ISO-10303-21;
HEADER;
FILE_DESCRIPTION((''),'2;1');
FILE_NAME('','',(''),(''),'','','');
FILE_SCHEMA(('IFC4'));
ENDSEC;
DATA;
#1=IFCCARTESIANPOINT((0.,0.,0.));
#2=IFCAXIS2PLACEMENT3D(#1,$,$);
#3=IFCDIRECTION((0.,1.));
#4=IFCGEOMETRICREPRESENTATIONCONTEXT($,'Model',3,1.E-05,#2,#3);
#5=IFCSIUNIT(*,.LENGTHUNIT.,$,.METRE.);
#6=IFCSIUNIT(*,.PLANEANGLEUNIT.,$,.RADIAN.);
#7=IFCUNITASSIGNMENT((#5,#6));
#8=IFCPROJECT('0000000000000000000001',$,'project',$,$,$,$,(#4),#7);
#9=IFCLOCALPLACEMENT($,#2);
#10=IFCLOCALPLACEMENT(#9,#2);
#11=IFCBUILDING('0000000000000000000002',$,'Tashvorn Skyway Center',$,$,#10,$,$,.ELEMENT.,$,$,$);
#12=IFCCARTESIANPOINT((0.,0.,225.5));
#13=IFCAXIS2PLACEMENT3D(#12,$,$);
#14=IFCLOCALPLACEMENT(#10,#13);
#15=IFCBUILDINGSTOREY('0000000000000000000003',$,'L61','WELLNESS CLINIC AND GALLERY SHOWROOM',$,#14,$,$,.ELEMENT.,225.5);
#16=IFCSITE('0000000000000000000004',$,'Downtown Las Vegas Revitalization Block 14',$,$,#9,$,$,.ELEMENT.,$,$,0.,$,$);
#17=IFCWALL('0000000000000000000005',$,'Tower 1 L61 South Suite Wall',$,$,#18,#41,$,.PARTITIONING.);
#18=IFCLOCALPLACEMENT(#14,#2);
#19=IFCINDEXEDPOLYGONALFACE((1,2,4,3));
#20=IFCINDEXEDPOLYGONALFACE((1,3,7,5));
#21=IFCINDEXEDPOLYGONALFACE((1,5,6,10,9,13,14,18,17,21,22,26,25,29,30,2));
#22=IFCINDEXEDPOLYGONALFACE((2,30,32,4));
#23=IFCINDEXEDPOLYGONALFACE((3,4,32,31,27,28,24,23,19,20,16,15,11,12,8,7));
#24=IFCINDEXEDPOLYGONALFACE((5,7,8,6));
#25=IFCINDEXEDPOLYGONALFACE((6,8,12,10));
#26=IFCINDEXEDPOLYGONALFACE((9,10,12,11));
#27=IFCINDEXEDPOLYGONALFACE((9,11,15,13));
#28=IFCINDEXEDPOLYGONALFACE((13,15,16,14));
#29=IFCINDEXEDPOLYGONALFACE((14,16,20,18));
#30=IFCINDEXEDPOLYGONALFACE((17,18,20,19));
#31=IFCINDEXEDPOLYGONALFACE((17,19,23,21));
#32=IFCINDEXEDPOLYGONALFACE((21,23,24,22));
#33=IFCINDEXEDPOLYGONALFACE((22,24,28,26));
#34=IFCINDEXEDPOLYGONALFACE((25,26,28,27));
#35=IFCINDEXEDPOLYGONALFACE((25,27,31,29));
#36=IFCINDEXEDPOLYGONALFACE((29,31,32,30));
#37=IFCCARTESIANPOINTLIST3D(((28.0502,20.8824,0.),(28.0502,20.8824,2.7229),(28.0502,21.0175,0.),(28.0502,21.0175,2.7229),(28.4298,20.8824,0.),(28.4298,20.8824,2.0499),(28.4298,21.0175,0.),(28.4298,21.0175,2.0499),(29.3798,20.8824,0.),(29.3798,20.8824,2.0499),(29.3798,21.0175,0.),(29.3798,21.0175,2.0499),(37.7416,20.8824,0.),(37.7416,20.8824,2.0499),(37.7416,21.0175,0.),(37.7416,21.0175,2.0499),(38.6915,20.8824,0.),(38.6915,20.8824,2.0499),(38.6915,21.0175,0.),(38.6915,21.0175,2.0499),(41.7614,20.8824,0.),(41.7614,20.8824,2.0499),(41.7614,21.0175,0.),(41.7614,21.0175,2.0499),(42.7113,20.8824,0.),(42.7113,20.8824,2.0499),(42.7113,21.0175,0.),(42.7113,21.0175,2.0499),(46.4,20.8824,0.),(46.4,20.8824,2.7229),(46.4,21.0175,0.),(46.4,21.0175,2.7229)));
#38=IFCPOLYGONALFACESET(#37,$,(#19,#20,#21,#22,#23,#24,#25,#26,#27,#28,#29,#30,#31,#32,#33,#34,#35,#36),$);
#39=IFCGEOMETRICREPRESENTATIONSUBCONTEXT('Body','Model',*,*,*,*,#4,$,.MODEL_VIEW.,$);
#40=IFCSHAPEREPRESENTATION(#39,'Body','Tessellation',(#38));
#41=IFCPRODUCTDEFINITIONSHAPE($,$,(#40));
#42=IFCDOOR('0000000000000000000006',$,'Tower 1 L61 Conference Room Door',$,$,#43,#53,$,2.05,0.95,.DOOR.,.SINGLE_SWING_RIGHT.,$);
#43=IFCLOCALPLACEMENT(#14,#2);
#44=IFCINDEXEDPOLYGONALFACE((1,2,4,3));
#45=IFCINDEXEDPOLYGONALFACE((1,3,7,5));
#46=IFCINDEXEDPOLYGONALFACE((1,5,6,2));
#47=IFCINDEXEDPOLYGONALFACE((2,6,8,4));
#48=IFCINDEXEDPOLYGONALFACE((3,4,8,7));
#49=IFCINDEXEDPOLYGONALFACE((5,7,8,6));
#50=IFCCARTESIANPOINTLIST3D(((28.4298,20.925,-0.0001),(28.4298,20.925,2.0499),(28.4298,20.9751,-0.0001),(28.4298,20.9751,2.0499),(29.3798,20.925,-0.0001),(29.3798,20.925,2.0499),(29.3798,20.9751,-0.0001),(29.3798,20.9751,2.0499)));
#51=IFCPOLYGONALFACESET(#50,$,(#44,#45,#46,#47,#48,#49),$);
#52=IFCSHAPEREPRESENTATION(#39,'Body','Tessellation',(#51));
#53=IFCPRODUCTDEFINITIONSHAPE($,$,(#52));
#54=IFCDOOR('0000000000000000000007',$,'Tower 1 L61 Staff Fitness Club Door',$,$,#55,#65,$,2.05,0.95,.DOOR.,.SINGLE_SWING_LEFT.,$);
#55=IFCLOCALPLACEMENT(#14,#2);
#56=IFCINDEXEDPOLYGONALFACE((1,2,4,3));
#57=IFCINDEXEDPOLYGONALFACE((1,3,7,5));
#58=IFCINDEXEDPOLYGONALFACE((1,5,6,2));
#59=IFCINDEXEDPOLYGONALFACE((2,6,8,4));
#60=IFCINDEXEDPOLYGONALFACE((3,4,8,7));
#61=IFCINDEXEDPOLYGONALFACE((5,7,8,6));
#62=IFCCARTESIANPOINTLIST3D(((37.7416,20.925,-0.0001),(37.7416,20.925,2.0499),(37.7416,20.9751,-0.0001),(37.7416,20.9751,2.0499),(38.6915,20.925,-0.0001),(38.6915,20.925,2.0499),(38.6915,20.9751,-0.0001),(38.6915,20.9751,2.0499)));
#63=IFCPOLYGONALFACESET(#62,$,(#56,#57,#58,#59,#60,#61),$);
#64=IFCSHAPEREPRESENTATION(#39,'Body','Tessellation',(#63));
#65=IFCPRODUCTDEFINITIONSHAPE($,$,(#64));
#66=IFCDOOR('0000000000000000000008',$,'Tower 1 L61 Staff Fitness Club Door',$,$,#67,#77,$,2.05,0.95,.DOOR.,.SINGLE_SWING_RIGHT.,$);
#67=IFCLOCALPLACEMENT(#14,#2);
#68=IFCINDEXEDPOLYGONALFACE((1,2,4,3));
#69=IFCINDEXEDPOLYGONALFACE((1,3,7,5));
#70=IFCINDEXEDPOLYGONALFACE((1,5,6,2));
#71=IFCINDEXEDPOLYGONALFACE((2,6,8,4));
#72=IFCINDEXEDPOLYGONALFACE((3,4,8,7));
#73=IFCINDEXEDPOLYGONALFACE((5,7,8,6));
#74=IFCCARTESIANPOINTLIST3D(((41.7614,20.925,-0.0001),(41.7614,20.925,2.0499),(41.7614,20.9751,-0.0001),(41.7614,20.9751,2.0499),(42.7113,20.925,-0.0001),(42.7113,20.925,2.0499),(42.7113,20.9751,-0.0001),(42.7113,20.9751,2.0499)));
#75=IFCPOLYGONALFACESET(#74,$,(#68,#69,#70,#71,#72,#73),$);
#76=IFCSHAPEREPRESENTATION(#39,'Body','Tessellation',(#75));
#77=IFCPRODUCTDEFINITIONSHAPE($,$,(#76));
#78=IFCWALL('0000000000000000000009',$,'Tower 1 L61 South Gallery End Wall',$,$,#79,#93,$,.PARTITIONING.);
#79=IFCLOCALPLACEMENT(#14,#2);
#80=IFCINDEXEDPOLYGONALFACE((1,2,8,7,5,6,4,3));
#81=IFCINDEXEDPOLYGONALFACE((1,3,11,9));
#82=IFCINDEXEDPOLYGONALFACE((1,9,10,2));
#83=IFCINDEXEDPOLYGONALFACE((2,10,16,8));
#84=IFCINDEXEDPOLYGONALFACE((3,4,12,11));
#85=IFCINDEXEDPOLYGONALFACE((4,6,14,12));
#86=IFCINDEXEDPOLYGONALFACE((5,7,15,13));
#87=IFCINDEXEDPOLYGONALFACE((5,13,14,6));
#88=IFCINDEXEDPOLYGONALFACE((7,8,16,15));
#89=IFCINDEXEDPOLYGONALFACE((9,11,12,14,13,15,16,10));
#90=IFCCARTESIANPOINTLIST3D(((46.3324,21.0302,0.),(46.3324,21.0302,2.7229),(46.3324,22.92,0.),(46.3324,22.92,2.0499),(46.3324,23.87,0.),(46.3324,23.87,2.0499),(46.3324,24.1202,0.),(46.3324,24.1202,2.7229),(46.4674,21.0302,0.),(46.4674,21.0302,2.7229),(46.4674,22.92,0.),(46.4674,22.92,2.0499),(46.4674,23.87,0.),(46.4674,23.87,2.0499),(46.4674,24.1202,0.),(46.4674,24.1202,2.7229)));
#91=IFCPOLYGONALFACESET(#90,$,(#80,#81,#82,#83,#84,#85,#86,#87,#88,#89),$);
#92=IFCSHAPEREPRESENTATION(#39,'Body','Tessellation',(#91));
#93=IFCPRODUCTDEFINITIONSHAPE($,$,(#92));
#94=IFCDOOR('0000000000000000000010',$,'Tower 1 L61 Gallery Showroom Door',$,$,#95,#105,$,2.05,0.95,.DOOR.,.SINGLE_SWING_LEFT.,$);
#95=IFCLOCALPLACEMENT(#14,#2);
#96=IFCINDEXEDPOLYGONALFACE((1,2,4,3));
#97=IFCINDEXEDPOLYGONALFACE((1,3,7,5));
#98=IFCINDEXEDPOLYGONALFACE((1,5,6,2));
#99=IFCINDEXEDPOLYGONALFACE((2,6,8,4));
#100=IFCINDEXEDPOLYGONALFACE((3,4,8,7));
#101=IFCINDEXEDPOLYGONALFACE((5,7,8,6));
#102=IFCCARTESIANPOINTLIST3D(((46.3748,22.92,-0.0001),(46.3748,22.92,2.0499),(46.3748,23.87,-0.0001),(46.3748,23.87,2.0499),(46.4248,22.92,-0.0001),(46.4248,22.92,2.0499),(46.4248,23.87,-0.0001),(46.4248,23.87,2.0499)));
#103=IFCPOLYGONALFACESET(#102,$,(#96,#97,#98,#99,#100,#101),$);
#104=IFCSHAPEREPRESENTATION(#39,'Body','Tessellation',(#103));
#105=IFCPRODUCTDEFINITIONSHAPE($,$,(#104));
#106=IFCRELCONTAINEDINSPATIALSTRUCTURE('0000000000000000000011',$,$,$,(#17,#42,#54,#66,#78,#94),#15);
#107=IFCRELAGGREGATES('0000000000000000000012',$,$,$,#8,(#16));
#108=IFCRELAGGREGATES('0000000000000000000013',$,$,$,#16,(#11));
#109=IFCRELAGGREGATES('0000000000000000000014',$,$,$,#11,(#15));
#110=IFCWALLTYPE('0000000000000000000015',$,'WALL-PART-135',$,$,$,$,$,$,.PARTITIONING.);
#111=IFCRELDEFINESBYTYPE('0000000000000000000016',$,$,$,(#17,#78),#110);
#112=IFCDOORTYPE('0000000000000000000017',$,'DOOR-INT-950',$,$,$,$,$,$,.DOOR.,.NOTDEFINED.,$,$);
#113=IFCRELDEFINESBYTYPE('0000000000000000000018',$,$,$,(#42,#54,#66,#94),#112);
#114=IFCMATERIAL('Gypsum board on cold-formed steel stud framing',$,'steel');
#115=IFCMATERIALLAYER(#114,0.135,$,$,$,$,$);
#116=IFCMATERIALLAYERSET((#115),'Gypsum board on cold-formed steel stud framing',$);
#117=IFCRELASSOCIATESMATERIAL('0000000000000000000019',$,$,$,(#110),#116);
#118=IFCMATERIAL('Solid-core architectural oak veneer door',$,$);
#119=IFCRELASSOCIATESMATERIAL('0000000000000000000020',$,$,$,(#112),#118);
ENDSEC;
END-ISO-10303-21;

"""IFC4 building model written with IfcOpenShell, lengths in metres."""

from ifc_helpers import new_model, si_unit, direction, frame, frame_2d, origin, place, context, subcontext, project, spatial, rectangle, extrude, material, layer, layer_set, type_object, element, fill, save


model = new_model("IFC4")

# Units and contexts
model_context = context("Model", 3, precision=1e-05, world=origin(), true_north=direction((0.0, 1.0)))
body_context = subcontext(model_context, "Body", "Model", "MODEL_VIEW")
ifc_project = project(units=[si_unit("LENGTHUNIT", "METRE"), si_unit("PLANEANGLEUNIT", "RADIAN")], contexts=[model_context])

# Site, building, storey
site_placement = place(None, origin())
site = spatial("IfcSite", under=ifc_project, at=site_placement, Name="Downtown Las Vegas Revitalization Block 14", CompositionType="ELEMENT", RefElevation=0.0)
building_placement = place(site_placement, origin())
building = spatial("IfcBuilding", under=site, at=building_placement, Name="Tashvorn Skyway Center", CompositionType="ELEMENT")
storey_placement = place(building_placement, frame((0.0, 0.0, 225.5)))
storey = spatial("IfcBuildingStorey", under=building, at=storey_placement, Name="L61", Description="WELLNESS CLINIC AND GALLERY SHOWROOM", CompositionType="ELEMENT", Elevation=225.5)

# Shared definitions
ifc_material_1 = material(Name="Gypsum board on cold-formed steel stud framing", Category="steel")

# Wall, openings, doors
ifc_layer_1 = layer(ifc_material_1, 0.135)
ifc_layer_set_1 = layer_set([ifc_layer_1], Name="Gypsum board on cold-formed steel stud framing")
wall_type_1 = type_object("IfcWallType", Name="WALL-PART-135", PredefinedType="PARTITIONING", material=ifc_layer_set_1)
wall_1_placement = place(storey_placement, frame((46.3999, 20.95, 0.0), z_axis=(0.0, 0.0, 1.0), x_axis=(-1.0, 0.0, 0.0)))
wall_1 = element("IfcWall", 1, at=wall_1_placement, inside=storey, type_object=wall_type_1, Name="Tower 1 L61 South Suite Wall", PredefinedType="PARTITIONING", context=body_context, shape_type="SweptSolid", body=[
    extrude(rectangle(XDim=18.3499, YDim=0.135, at=frame_2d((9.1748, 0.0))), origin(), (0.0, 0.0, 1.0), 2.7229),
])
opening_1_placement = place(wall_1_placement, frame((17.02, 0.0, 0.0)))
opening_1 = element("IfcOpeningElement", 2, at=opening_1_placement, cuts=wall_1, PredefinedType="OPENING", context=body_context, shape_type="SweptSolid", body=[
    extrude(rectangle(XDim=0.95, YDim=2.05, at=frame_2d((0.4751, 1.0249))), frame((0.0, 0.0774, 0.0), z_axis=(0.0, -1.0, 0.0), x_axis=(1.0, 0.0, 0.0)), (0.0, 0.0, 1.0), 0.155),
])
opening_2_placement = place(wall_1_placement, frame((7.7083, 0.0, 0.0)))
opening_2 = element("IfcOpeningElement", 3, at=opening_2_placement, cuts=wall_1, PredefinedType="OPENING", context=body_context, shape_type="SweptSolid", body=[
    extrude(rectangle(XDim=0.95, YDim=2.05, at=frame_2d((0.4751, 1.0249))), frame((0.0, 0.0774, 0.0), z_axis=(0.0, -1.0, 0.0), x_axis=(1.0, 0.0, 0.0)), (0.0, 0.0, 1.0), 0.155),
])
opening_3_placement = place(wall_1_placement, frame((3.6885, 0.0, 0.0)))
opening_3 = element("IfcOpeningElement", 4, at=opening_3_placement, cuts=wall_1, PredefinedType="OPENING", context=body_context, shape_type="SweptSolid", body=[
    extrude(rectangle(XDim=0.95, YDim=2.05, at=frame_2d((0.4751, 1.0249))), frame((0.0, 0.0774, 0.0), z_axis=(0.0, -1.0, 0.0), x_axis=(1.0, 0.0, 0.0)), (0.0, 0.0, 1.0), 0.155),
])
ifc_material_2 = material(Name="Solid-core architectural oak veneer door")
door_type_1 = type_object("IfcDoorType", Name="DOOR-INT-950", OperationType="NOTDEFINED", PredefinedType="DOOR", material=ifc_material_2)
door_1_placement = place(opening_1_placement, origin())
door_1 = element("IfcDoor", 5, at=door_1_placement, inside=storey, type_object=door_type_1, Name="Tower 1 L61 Conference Room Door", OperationType="SINGLE_SWING_RIGHT", OverallHeight=2.05, OverallWidth=0.95, PredefinedType="DOOR", context=body_context, shape_type="SweptSolid", body=[
    extrude(rectangle(XDim=0.95, YDim=2.05, at=frame_2d((0.4751, 1.0249))), frame((0.0, 0.0249, 0.0), z_axis=(0.0, -1.0, 0.0), x_axis=(1.0, 0.0, 0.0)), (0.0, 0.0, 1.0), 0.05),
])
fill(opening_1, door_1)
door_2_placement = place(opening_2_placement, origin())
door_2 = element("IfcDoor", 6, at=door_2_placement, inside=storey, type_object=door_type_1, Name="Tower 1 L61 Staff Fitness Club Door", OperationType="SINGLE_SWING_LEFT", OverallHeight=2.05, OverallWidth=0.95, PredefinedType="DOOR", context=body_context, shape_type="SweptSolid", body=[
    extrude(rectangle(XDim=0.95, YDim=2.05, at=frame_2d((0.4751, 1.0249))), frame((0.0, 0.0249, 0.0), z_axis=(0.0, -1.0, 0.0), x_axis=(1.0, 0.0, 0.0)), (0.0, 0.0, 1.0), 0.05),
])
fill(opening_2, door_2)
door_3_placement = place(opening_3_placement, origin())
door_3 = element("IfcDoor", 7, at=door_3_placement, inside=storey, type_object=door_type_1, Name="Tower 1 L61 Staff Fitness Club Door", OperationType="SINGLE_SWING_RIGHT", OverallHeight=2.05, OverallWidth=0.95, PredefinedType="DOOR", context=body_context, shape_type="SweptSolid", body=[
    extrude(rectangle(XDim=0.95, YDim=2.05, at=frame_2d((0.4751, 1.0249))), frame((0.0, 0.0249, 0.0), z_axis=(0.0, -1.0, 0.0), x_axis=(1.0, 0.0, 0.0)), (0.0, 0.0, 1.0), 0.05),
])
fill(opening_3, door_3)

# Wall, opening, door
wall_2_placement = place(storey_placement, frame((46.3999, 24.1201, 0.0), z_axis=(0.0, 0.0, 1.0), x_axis=(0.0, -1.0, 0.0)))
wall_2 = element("IfcWall", 8, at=wall_2_placement, inside=storey, type_object=wall_type_1, Name="Tower 1 L61 South Gallery End Wall", PredefinedType="PARTITIONING", context=body_context, shape_type="SweptSolid", body=[
    extrude(rectangle(XDim=3.0901, YDim=0.135, at=frame_2d((1.5449, 0.0))), origin(), (0.0, 0.0, 1.0), 2.7229),
])
opening_4_placement = place(wall_2_placement, frame((0.25, 0.0, 0.0)))
opening_4 = element("IfcOpeningElement", 9, at=opening_4_placement, cuts=wall_2, PredefinedType="OPENING", context=body_context, shape_type="SweptSolid", body=[
    extrude(rectangle(XDim=0.95, YDim=2.05, at=frame_2d((0.4751, 1.0249))), frame((0.0, 0.0774, 0.0), z_axis=(0.0, -1.0, 0.0), x_axis=(1.0, 0.0, 0.0)), (0.0, 0.0, 1.0), 0.155),
])
door_4_placement = place(opening_4_placement, origin())
door_4 = element("IfcDoor", 10, at=door_4_placement, inside=storey, type_object=door_type_1, Name="Tower 1 L61 Gallery Showroom Door", OperationType="SINGLE_SWING_LEFT", OverallHeight=2.05, OverallWidth=0.95, PredefinedType="DOOR", context=body_context, shape_type="SweptSolid", body=[
    extrude(rectangle(XDim=0.95, YDim=2.05, at=frame_2d((0.4751, 1.0249))), frame((0.0, 0.0249, 0.0), z_axis=(0.0, -1.0, 0.0), x_axis=(1.0, 0.0, 0.0)), (0.0, 0.0, 1.0), 0.05),
])
fill(opening_4, door_4)

save(model, "model.ifc")
